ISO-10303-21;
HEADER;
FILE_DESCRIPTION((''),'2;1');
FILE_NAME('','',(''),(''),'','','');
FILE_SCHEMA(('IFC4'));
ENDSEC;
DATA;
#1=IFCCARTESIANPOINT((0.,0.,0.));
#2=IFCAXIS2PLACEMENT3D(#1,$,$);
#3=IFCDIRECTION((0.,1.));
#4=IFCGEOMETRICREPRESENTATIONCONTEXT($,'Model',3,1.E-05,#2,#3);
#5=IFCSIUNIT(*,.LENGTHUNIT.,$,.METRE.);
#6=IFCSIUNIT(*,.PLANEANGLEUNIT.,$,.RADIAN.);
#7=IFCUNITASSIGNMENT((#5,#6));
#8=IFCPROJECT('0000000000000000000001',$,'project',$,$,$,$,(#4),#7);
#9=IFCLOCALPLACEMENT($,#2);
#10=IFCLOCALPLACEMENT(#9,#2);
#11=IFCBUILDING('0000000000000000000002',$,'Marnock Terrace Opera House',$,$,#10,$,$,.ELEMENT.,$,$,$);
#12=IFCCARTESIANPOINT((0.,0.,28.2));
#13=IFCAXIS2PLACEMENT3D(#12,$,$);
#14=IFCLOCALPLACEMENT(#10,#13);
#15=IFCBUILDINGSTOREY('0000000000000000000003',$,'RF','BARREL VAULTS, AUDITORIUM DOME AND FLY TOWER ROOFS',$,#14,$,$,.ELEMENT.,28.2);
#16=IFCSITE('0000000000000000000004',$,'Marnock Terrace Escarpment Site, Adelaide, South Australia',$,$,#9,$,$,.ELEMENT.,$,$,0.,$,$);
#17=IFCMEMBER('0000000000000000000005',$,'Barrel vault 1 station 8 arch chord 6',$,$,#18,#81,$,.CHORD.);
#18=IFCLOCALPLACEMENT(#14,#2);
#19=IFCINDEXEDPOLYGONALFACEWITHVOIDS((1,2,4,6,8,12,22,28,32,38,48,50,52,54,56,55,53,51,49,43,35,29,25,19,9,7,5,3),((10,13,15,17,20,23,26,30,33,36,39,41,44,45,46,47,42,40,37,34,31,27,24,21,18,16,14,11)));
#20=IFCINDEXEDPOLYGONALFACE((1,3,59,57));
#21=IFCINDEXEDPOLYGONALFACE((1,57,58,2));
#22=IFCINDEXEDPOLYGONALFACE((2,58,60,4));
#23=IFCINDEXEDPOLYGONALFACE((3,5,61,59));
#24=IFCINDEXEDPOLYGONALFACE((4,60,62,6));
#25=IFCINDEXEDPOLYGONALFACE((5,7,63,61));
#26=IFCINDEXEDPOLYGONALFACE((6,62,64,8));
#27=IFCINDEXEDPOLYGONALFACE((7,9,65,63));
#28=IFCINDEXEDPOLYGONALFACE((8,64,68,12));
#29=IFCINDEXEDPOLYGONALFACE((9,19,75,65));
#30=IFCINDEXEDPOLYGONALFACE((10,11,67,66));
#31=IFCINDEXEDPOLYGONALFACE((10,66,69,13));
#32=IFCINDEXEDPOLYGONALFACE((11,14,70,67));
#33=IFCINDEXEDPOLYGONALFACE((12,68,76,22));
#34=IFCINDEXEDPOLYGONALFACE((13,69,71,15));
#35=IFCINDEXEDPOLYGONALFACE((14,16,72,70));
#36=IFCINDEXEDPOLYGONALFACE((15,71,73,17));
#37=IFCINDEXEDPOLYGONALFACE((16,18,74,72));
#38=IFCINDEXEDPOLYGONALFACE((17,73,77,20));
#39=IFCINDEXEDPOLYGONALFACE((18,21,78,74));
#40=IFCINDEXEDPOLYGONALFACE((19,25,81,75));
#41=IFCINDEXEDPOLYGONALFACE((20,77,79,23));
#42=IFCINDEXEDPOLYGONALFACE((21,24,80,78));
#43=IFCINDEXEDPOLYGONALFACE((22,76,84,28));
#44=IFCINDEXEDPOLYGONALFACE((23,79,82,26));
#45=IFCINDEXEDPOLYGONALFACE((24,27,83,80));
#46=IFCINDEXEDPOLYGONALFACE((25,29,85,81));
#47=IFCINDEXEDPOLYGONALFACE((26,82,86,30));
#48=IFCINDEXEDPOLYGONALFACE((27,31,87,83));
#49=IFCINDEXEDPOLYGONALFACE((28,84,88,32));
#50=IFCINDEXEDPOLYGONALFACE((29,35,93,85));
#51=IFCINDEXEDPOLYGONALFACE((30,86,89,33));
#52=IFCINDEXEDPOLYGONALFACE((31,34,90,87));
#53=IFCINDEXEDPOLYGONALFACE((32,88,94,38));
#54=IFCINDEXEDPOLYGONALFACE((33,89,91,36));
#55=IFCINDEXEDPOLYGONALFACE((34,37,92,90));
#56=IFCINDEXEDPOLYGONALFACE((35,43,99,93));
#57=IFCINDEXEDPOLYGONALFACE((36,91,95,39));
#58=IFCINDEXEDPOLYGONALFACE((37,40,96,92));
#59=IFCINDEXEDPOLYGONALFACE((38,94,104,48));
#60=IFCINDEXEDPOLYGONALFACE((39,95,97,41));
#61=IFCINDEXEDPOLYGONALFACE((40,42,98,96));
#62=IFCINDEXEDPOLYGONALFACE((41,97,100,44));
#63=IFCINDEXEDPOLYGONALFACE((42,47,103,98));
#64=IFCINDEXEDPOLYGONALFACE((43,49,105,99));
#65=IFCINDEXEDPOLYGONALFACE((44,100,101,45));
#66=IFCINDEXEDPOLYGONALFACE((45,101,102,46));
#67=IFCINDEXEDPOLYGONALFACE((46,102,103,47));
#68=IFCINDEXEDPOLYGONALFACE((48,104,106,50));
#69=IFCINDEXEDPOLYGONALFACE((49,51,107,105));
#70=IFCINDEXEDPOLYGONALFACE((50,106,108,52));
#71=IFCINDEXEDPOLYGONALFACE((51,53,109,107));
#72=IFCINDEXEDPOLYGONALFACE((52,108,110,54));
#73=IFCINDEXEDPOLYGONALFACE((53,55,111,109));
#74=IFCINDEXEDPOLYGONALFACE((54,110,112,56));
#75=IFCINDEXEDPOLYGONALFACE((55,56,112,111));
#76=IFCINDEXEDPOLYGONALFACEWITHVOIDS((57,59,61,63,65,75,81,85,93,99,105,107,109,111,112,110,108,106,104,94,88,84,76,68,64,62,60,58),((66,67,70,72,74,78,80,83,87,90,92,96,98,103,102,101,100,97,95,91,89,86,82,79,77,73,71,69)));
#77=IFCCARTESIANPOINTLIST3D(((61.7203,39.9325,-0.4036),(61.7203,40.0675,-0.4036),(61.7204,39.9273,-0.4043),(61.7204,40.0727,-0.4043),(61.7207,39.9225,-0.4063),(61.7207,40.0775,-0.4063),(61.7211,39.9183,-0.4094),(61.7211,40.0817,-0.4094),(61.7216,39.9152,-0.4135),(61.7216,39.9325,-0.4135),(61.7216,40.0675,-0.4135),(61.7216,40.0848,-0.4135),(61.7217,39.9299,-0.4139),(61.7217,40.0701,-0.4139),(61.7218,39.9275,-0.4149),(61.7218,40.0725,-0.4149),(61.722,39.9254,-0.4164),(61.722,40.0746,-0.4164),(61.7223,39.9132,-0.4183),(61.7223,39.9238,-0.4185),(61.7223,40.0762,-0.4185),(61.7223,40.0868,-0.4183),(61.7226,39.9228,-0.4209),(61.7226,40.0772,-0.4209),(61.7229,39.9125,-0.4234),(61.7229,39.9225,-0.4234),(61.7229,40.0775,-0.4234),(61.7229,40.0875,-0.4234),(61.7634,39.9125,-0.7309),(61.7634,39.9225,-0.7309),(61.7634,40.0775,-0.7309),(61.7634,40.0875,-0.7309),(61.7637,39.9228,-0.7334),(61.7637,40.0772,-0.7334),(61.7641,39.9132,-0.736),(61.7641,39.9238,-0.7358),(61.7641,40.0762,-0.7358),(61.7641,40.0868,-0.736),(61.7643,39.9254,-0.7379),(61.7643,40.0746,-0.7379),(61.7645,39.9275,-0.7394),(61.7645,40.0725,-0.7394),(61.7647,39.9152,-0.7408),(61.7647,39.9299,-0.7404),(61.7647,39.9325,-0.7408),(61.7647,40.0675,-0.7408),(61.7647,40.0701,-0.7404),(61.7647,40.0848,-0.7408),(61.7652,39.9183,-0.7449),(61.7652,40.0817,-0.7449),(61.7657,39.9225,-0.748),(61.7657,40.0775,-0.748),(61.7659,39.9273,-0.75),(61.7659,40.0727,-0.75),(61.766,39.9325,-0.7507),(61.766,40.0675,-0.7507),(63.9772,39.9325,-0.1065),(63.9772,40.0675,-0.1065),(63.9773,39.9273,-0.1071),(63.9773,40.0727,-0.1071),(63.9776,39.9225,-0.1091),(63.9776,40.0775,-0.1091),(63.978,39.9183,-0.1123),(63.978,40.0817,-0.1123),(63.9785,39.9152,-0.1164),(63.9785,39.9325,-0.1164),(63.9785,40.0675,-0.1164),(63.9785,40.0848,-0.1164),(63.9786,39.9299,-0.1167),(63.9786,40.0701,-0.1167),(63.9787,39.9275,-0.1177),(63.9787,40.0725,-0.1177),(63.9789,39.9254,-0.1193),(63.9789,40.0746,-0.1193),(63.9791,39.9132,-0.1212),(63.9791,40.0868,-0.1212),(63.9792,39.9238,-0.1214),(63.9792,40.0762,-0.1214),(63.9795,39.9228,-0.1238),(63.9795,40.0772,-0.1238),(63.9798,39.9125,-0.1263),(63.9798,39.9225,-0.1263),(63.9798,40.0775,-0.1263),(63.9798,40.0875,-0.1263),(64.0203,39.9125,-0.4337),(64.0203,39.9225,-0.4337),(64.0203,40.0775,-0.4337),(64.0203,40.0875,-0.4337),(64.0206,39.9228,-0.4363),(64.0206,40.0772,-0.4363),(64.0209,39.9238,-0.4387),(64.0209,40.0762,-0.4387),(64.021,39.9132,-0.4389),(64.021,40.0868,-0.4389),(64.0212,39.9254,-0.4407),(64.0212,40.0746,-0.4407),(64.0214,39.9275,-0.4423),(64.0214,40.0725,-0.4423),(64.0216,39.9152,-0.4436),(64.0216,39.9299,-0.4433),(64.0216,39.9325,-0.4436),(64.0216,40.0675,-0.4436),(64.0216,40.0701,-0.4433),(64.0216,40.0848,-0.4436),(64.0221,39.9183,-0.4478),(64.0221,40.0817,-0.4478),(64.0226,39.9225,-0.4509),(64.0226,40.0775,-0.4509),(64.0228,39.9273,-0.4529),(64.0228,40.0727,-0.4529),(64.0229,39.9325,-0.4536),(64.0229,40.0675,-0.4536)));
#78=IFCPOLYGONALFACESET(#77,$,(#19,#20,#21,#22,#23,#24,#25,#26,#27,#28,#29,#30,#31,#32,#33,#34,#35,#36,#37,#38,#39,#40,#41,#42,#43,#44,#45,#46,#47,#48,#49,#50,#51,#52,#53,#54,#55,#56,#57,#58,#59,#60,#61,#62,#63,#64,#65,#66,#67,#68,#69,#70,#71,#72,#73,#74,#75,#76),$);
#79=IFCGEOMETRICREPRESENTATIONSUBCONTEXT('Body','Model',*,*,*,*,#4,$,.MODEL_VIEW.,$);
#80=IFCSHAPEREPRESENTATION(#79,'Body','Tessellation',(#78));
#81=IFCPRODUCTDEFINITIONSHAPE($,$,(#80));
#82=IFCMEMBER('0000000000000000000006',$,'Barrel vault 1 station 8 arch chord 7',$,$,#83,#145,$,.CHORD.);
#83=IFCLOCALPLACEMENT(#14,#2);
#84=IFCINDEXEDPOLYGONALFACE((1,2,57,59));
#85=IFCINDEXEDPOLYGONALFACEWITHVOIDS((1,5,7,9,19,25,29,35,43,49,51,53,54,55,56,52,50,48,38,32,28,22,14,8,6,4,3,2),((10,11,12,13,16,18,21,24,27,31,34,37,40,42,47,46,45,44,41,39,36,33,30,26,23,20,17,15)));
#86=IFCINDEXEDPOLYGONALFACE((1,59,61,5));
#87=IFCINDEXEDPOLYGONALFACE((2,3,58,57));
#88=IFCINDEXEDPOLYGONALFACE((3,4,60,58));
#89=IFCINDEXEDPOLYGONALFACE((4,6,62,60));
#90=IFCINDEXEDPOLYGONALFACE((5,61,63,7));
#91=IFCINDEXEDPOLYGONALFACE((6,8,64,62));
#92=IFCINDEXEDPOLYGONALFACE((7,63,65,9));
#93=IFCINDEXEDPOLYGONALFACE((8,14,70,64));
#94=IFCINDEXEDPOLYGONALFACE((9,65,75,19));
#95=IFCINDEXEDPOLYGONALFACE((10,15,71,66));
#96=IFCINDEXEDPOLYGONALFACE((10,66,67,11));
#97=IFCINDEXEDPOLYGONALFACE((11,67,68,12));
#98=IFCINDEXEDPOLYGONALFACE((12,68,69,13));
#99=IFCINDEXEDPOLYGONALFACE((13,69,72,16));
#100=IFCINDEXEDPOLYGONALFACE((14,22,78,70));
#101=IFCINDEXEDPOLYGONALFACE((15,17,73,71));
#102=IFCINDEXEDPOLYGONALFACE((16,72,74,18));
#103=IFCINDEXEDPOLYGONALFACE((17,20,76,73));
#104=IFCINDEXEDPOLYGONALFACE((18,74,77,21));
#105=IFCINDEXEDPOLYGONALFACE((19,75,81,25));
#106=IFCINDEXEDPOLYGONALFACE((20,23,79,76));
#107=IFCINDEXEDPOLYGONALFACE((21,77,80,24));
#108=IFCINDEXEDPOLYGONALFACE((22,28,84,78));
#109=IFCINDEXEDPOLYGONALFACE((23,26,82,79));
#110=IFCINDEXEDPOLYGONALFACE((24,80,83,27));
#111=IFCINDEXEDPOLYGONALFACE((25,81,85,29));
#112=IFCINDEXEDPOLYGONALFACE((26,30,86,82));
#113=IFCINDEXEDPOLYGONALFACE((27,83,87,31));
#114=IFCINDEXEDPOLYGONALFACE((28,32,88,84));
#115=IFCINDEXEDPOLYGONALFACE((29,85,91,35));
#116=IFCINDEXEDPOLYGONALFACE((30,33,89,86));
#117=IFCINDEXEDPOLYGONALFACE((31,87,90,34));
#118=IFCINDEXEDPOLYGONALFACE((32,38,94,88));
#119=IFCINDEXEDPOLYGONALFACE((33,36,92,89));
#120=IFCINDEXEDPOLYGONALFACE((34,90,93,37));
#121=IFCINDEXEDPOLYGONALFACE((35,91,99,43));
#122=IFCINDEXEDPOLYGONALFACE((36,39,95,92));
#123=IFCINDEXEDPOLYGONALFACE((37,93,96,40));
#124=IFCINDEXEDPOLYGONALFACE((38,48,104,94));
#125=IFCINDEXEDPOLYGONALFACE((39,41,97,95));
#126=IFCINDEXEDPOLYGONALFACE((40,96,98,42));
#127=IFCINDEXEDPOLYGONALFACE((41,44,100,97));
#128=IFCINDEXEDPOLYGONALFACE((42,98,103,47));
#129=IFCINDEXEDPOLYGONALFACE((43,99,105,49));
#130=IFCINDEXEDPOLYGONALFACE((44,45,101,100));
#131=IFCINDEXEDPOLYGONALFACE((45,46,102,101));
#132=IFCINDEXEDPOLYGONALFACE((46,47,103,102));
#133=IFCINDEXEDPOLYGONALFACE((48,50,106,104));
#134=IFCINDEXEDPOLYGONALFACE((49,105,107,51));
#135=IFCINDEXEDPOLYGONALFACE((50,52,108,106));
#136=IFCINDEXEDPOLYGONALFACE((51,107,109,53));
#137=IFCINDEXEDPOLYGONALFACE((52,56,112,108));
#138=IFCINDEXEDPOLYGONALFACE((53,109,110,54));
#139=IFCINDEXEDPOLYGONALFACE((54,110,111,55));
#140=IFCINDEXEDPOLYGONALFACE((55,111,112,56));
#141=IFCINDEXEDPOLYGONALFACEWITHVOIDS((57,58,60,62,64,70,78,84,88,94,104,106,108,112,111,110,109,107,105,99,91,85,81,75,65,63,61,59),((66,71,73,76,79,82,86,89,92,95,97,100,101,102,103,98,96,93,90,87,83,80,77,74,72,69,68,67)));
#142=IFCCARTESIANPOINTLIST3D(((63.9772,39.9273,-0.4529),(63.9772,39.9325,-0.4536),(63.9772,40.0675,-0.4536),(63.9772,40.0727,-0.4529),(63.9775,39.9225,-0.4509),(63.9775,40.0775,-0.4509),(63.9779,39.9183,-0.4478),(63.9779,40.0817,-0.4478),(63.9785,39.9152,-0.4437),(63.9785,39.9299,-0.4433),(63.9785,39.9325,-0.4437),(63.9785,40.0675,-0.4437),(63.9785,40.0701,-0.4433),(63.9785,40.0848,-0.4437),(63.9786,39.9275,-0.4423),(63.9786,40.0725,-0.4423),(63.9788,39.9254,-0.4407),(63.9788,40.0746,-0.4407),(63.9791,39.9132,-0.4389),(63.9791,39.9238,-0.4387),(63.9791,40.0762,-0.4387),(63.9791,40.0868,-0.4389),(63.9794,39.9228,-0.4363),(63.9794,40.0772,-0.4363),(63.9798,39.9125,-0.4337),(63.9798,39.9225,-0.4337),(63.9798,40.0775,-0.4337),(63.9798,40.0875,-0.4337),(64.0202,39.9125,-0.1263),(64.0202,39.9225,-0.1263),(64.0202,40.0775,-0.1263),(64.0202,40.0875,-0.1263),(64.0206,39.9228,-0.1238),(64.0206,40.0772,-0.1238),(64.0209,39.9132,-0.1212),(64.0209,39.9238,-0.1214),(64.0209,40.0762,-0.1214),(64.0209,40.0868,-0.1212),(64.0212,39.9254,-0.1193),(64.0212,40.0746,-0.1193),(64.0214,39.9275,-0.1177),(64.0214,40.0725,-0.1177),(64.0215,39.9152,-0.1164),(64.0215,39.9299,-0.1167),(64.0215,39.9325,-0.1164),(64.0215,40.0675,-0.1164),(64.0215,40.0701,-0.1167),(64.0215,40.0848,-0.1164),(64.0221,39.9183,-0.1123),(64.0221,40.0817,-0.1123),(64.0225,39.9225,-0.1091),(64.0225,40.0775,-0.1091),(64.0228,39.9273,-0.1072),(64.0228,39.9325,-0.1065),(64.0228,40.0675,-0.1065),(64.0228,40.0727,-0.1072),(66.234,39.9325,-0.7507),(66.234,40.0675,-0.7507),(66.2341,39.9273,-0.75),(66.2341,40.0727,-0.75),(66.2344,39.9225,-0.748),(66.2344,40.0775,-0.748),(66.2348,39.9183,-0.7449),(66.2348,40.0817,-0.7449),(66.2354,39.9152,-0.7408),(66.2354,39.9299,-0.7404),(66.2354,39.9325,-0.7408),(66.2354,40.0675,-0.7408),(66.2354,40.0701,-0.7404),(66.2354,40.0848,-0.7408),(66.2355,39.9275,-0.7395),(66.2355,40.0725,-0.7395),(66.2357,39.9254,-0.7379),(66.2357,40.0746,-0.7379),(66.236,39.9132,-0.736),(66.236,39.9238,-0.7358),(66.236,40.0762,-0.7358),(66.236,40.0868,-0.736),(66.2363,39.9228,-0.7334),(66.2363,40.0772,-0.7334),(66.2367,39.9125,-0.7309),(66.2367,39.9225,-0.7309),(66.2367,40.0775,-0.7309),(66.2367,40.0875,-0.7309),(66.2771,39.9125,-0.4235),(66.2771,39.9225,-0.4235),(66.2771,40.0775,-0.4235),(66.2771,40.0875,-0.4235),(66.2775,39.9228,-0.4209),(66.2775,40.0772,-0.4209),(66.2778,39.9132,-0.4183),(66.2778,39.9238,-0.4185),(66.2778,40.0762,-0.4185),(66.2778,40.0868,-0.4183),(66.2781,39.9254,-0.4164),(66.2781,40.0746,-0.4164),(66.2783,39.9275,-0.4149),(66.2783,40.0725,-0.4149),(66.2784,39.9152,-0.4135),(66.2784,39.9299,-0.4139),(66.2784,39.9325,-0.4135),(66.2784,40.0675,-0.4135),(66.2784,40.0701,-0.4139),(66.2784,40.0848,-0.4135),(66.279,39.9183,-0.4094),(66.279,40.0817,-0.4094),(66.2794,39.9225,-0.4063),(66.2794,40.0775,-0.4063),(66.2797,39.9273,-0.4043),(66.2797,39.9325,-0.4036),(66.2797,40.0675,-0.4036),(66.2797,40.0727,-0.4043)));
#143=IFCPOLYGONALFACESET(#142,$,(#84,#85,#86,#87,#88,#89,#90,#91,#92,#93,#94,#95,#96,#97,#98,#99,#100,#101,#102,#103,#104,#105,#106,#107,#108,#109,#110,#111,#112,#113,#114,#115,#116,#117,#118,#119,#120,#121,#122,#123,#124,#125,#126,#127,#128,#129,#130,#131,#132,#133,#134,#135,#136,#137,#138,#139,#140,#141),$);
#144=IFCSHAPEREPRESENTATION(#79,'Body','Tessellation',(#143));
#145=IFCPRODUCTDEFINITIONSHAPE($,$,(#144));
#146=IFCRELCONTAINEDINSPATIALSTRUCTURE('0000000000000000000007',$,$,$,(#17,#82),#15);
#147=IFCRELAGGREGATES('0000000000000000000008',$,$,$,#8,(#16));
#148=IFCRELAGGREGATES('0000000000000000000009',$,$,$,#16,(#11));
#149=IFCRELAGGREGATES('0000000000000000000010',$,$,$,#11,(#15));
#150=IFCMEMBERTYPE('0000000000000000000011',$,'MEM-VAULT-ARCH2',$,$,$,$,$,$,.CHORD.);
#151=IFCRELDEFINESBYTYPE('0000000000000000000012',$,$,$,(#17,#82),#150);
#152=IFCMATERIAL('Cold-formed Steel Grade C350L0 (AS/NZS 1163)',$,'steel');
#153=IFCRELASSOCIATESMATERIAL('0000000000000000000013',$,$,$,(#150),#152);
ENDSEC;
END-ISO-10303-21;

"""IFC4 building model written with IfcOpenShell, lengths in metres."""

from ifc_helpers import new_model, si_unit, direction, frame, origin, origin_2d, place, context, subcontext, project, spatial, hollow_rectangle, extrude, material, material_profile, profile_set, type_object, element, save


model = new_model("IFC4")

# Units and contexts
model_context = context("Model", 3, precision=1e-05, world=origin(), true_north=direction((0.0, 1.0)))
body_context = subcontext(model_context, "Body", "Model", "MODEL_VIEW")
ifc_project = project(units=[si_unit("LENGTHUNIT", "METRE"), si_unit("PLANEANGLEUNIT", "RADIAN")], contexts=[model_context])

# Site, building, storey
site_placement = place(None, origin())
site = spatial("IfcSite", under=ifc_project, at=site_placement, Name="Marnock Terrace Escarpment Site, Adelaide, South Australia", CompositionType="ELEMENT", RefElevation=0.0)
building_placement = place(site_placement, origin())
building = spatial("IfcBuilding", under=site, at=building_placement, Name="Marnock Terrace Opera House", CompositionType="ELEMENT")
storey_placement = place(building_placement, frame((0.0, 0.0, 28.2)))
storey = spatial("IfcBuildingStorey", under=building, at=storey_placement, Name="RF", Description="BARREL VAULTS, AUDITORIUM DOME AND FLY TOWER ROOFS", CompositionType="ELEMENT", Elevation=28.2)

# Members
ifc_material_1 = material(Name="Cold-formed Steel Grade C350L0 (AS/NZS 1163)", Category="steel")
ifc_material_profile_1 = material_profile(ifc_material_1, hollow_rectangle(XDim=0.175, YDim=0.3501, WallThickness=0.01, InnerFilletRadius=0.01, OuterFilletRadius=0.02, at=origin_2d()))
ifc_profile_set_1 = profile_set([ifc_material_profile_1], Name="Cold-formed Steel Grade C350L0 (AS/NZS 1163)")
member_type_1 = type_object("IfcMemberType", Name="MEM-VAULT-ARCH2", PredefinedType="CHORD", material=ifc_profile_set_1)
for number, where, z_axis, x_axis, name in (
    (1, (61.7432, 40.0, -0.5771), (0.991445, 0.0, 0.130527), (0.0, 1.0, 0.0), "Barrel vault 1 station 8 arch chord 6"),
    (2, (64.0, 40.0, -0.28), (0.991445, 0.0, -0.130527), (0.0, 1.0, 0.0), "Barrel vault 1 station 8 arch chord 7"),
):
    element("IfcMember", number, at=place(storey_placement, frame(where, z_axis=z_axis, x_axis=x_axis)), inside=storey, type_object=member_type_1, Name=name, PredefinedType="CHORD", context=body_context, shape_type="SweptSolid", body=[
        extrude(hollow_rectangle(XDim=0.175, YDim=0.3501, WallThickness=0.01, InnerFilletRadius=0.01, OuterFilletRadius=0.02, at=origin_2d()), origin(), (0.0, 0.0, 1.0), 2.2764),
    ])

save(model, "model.ifc")
